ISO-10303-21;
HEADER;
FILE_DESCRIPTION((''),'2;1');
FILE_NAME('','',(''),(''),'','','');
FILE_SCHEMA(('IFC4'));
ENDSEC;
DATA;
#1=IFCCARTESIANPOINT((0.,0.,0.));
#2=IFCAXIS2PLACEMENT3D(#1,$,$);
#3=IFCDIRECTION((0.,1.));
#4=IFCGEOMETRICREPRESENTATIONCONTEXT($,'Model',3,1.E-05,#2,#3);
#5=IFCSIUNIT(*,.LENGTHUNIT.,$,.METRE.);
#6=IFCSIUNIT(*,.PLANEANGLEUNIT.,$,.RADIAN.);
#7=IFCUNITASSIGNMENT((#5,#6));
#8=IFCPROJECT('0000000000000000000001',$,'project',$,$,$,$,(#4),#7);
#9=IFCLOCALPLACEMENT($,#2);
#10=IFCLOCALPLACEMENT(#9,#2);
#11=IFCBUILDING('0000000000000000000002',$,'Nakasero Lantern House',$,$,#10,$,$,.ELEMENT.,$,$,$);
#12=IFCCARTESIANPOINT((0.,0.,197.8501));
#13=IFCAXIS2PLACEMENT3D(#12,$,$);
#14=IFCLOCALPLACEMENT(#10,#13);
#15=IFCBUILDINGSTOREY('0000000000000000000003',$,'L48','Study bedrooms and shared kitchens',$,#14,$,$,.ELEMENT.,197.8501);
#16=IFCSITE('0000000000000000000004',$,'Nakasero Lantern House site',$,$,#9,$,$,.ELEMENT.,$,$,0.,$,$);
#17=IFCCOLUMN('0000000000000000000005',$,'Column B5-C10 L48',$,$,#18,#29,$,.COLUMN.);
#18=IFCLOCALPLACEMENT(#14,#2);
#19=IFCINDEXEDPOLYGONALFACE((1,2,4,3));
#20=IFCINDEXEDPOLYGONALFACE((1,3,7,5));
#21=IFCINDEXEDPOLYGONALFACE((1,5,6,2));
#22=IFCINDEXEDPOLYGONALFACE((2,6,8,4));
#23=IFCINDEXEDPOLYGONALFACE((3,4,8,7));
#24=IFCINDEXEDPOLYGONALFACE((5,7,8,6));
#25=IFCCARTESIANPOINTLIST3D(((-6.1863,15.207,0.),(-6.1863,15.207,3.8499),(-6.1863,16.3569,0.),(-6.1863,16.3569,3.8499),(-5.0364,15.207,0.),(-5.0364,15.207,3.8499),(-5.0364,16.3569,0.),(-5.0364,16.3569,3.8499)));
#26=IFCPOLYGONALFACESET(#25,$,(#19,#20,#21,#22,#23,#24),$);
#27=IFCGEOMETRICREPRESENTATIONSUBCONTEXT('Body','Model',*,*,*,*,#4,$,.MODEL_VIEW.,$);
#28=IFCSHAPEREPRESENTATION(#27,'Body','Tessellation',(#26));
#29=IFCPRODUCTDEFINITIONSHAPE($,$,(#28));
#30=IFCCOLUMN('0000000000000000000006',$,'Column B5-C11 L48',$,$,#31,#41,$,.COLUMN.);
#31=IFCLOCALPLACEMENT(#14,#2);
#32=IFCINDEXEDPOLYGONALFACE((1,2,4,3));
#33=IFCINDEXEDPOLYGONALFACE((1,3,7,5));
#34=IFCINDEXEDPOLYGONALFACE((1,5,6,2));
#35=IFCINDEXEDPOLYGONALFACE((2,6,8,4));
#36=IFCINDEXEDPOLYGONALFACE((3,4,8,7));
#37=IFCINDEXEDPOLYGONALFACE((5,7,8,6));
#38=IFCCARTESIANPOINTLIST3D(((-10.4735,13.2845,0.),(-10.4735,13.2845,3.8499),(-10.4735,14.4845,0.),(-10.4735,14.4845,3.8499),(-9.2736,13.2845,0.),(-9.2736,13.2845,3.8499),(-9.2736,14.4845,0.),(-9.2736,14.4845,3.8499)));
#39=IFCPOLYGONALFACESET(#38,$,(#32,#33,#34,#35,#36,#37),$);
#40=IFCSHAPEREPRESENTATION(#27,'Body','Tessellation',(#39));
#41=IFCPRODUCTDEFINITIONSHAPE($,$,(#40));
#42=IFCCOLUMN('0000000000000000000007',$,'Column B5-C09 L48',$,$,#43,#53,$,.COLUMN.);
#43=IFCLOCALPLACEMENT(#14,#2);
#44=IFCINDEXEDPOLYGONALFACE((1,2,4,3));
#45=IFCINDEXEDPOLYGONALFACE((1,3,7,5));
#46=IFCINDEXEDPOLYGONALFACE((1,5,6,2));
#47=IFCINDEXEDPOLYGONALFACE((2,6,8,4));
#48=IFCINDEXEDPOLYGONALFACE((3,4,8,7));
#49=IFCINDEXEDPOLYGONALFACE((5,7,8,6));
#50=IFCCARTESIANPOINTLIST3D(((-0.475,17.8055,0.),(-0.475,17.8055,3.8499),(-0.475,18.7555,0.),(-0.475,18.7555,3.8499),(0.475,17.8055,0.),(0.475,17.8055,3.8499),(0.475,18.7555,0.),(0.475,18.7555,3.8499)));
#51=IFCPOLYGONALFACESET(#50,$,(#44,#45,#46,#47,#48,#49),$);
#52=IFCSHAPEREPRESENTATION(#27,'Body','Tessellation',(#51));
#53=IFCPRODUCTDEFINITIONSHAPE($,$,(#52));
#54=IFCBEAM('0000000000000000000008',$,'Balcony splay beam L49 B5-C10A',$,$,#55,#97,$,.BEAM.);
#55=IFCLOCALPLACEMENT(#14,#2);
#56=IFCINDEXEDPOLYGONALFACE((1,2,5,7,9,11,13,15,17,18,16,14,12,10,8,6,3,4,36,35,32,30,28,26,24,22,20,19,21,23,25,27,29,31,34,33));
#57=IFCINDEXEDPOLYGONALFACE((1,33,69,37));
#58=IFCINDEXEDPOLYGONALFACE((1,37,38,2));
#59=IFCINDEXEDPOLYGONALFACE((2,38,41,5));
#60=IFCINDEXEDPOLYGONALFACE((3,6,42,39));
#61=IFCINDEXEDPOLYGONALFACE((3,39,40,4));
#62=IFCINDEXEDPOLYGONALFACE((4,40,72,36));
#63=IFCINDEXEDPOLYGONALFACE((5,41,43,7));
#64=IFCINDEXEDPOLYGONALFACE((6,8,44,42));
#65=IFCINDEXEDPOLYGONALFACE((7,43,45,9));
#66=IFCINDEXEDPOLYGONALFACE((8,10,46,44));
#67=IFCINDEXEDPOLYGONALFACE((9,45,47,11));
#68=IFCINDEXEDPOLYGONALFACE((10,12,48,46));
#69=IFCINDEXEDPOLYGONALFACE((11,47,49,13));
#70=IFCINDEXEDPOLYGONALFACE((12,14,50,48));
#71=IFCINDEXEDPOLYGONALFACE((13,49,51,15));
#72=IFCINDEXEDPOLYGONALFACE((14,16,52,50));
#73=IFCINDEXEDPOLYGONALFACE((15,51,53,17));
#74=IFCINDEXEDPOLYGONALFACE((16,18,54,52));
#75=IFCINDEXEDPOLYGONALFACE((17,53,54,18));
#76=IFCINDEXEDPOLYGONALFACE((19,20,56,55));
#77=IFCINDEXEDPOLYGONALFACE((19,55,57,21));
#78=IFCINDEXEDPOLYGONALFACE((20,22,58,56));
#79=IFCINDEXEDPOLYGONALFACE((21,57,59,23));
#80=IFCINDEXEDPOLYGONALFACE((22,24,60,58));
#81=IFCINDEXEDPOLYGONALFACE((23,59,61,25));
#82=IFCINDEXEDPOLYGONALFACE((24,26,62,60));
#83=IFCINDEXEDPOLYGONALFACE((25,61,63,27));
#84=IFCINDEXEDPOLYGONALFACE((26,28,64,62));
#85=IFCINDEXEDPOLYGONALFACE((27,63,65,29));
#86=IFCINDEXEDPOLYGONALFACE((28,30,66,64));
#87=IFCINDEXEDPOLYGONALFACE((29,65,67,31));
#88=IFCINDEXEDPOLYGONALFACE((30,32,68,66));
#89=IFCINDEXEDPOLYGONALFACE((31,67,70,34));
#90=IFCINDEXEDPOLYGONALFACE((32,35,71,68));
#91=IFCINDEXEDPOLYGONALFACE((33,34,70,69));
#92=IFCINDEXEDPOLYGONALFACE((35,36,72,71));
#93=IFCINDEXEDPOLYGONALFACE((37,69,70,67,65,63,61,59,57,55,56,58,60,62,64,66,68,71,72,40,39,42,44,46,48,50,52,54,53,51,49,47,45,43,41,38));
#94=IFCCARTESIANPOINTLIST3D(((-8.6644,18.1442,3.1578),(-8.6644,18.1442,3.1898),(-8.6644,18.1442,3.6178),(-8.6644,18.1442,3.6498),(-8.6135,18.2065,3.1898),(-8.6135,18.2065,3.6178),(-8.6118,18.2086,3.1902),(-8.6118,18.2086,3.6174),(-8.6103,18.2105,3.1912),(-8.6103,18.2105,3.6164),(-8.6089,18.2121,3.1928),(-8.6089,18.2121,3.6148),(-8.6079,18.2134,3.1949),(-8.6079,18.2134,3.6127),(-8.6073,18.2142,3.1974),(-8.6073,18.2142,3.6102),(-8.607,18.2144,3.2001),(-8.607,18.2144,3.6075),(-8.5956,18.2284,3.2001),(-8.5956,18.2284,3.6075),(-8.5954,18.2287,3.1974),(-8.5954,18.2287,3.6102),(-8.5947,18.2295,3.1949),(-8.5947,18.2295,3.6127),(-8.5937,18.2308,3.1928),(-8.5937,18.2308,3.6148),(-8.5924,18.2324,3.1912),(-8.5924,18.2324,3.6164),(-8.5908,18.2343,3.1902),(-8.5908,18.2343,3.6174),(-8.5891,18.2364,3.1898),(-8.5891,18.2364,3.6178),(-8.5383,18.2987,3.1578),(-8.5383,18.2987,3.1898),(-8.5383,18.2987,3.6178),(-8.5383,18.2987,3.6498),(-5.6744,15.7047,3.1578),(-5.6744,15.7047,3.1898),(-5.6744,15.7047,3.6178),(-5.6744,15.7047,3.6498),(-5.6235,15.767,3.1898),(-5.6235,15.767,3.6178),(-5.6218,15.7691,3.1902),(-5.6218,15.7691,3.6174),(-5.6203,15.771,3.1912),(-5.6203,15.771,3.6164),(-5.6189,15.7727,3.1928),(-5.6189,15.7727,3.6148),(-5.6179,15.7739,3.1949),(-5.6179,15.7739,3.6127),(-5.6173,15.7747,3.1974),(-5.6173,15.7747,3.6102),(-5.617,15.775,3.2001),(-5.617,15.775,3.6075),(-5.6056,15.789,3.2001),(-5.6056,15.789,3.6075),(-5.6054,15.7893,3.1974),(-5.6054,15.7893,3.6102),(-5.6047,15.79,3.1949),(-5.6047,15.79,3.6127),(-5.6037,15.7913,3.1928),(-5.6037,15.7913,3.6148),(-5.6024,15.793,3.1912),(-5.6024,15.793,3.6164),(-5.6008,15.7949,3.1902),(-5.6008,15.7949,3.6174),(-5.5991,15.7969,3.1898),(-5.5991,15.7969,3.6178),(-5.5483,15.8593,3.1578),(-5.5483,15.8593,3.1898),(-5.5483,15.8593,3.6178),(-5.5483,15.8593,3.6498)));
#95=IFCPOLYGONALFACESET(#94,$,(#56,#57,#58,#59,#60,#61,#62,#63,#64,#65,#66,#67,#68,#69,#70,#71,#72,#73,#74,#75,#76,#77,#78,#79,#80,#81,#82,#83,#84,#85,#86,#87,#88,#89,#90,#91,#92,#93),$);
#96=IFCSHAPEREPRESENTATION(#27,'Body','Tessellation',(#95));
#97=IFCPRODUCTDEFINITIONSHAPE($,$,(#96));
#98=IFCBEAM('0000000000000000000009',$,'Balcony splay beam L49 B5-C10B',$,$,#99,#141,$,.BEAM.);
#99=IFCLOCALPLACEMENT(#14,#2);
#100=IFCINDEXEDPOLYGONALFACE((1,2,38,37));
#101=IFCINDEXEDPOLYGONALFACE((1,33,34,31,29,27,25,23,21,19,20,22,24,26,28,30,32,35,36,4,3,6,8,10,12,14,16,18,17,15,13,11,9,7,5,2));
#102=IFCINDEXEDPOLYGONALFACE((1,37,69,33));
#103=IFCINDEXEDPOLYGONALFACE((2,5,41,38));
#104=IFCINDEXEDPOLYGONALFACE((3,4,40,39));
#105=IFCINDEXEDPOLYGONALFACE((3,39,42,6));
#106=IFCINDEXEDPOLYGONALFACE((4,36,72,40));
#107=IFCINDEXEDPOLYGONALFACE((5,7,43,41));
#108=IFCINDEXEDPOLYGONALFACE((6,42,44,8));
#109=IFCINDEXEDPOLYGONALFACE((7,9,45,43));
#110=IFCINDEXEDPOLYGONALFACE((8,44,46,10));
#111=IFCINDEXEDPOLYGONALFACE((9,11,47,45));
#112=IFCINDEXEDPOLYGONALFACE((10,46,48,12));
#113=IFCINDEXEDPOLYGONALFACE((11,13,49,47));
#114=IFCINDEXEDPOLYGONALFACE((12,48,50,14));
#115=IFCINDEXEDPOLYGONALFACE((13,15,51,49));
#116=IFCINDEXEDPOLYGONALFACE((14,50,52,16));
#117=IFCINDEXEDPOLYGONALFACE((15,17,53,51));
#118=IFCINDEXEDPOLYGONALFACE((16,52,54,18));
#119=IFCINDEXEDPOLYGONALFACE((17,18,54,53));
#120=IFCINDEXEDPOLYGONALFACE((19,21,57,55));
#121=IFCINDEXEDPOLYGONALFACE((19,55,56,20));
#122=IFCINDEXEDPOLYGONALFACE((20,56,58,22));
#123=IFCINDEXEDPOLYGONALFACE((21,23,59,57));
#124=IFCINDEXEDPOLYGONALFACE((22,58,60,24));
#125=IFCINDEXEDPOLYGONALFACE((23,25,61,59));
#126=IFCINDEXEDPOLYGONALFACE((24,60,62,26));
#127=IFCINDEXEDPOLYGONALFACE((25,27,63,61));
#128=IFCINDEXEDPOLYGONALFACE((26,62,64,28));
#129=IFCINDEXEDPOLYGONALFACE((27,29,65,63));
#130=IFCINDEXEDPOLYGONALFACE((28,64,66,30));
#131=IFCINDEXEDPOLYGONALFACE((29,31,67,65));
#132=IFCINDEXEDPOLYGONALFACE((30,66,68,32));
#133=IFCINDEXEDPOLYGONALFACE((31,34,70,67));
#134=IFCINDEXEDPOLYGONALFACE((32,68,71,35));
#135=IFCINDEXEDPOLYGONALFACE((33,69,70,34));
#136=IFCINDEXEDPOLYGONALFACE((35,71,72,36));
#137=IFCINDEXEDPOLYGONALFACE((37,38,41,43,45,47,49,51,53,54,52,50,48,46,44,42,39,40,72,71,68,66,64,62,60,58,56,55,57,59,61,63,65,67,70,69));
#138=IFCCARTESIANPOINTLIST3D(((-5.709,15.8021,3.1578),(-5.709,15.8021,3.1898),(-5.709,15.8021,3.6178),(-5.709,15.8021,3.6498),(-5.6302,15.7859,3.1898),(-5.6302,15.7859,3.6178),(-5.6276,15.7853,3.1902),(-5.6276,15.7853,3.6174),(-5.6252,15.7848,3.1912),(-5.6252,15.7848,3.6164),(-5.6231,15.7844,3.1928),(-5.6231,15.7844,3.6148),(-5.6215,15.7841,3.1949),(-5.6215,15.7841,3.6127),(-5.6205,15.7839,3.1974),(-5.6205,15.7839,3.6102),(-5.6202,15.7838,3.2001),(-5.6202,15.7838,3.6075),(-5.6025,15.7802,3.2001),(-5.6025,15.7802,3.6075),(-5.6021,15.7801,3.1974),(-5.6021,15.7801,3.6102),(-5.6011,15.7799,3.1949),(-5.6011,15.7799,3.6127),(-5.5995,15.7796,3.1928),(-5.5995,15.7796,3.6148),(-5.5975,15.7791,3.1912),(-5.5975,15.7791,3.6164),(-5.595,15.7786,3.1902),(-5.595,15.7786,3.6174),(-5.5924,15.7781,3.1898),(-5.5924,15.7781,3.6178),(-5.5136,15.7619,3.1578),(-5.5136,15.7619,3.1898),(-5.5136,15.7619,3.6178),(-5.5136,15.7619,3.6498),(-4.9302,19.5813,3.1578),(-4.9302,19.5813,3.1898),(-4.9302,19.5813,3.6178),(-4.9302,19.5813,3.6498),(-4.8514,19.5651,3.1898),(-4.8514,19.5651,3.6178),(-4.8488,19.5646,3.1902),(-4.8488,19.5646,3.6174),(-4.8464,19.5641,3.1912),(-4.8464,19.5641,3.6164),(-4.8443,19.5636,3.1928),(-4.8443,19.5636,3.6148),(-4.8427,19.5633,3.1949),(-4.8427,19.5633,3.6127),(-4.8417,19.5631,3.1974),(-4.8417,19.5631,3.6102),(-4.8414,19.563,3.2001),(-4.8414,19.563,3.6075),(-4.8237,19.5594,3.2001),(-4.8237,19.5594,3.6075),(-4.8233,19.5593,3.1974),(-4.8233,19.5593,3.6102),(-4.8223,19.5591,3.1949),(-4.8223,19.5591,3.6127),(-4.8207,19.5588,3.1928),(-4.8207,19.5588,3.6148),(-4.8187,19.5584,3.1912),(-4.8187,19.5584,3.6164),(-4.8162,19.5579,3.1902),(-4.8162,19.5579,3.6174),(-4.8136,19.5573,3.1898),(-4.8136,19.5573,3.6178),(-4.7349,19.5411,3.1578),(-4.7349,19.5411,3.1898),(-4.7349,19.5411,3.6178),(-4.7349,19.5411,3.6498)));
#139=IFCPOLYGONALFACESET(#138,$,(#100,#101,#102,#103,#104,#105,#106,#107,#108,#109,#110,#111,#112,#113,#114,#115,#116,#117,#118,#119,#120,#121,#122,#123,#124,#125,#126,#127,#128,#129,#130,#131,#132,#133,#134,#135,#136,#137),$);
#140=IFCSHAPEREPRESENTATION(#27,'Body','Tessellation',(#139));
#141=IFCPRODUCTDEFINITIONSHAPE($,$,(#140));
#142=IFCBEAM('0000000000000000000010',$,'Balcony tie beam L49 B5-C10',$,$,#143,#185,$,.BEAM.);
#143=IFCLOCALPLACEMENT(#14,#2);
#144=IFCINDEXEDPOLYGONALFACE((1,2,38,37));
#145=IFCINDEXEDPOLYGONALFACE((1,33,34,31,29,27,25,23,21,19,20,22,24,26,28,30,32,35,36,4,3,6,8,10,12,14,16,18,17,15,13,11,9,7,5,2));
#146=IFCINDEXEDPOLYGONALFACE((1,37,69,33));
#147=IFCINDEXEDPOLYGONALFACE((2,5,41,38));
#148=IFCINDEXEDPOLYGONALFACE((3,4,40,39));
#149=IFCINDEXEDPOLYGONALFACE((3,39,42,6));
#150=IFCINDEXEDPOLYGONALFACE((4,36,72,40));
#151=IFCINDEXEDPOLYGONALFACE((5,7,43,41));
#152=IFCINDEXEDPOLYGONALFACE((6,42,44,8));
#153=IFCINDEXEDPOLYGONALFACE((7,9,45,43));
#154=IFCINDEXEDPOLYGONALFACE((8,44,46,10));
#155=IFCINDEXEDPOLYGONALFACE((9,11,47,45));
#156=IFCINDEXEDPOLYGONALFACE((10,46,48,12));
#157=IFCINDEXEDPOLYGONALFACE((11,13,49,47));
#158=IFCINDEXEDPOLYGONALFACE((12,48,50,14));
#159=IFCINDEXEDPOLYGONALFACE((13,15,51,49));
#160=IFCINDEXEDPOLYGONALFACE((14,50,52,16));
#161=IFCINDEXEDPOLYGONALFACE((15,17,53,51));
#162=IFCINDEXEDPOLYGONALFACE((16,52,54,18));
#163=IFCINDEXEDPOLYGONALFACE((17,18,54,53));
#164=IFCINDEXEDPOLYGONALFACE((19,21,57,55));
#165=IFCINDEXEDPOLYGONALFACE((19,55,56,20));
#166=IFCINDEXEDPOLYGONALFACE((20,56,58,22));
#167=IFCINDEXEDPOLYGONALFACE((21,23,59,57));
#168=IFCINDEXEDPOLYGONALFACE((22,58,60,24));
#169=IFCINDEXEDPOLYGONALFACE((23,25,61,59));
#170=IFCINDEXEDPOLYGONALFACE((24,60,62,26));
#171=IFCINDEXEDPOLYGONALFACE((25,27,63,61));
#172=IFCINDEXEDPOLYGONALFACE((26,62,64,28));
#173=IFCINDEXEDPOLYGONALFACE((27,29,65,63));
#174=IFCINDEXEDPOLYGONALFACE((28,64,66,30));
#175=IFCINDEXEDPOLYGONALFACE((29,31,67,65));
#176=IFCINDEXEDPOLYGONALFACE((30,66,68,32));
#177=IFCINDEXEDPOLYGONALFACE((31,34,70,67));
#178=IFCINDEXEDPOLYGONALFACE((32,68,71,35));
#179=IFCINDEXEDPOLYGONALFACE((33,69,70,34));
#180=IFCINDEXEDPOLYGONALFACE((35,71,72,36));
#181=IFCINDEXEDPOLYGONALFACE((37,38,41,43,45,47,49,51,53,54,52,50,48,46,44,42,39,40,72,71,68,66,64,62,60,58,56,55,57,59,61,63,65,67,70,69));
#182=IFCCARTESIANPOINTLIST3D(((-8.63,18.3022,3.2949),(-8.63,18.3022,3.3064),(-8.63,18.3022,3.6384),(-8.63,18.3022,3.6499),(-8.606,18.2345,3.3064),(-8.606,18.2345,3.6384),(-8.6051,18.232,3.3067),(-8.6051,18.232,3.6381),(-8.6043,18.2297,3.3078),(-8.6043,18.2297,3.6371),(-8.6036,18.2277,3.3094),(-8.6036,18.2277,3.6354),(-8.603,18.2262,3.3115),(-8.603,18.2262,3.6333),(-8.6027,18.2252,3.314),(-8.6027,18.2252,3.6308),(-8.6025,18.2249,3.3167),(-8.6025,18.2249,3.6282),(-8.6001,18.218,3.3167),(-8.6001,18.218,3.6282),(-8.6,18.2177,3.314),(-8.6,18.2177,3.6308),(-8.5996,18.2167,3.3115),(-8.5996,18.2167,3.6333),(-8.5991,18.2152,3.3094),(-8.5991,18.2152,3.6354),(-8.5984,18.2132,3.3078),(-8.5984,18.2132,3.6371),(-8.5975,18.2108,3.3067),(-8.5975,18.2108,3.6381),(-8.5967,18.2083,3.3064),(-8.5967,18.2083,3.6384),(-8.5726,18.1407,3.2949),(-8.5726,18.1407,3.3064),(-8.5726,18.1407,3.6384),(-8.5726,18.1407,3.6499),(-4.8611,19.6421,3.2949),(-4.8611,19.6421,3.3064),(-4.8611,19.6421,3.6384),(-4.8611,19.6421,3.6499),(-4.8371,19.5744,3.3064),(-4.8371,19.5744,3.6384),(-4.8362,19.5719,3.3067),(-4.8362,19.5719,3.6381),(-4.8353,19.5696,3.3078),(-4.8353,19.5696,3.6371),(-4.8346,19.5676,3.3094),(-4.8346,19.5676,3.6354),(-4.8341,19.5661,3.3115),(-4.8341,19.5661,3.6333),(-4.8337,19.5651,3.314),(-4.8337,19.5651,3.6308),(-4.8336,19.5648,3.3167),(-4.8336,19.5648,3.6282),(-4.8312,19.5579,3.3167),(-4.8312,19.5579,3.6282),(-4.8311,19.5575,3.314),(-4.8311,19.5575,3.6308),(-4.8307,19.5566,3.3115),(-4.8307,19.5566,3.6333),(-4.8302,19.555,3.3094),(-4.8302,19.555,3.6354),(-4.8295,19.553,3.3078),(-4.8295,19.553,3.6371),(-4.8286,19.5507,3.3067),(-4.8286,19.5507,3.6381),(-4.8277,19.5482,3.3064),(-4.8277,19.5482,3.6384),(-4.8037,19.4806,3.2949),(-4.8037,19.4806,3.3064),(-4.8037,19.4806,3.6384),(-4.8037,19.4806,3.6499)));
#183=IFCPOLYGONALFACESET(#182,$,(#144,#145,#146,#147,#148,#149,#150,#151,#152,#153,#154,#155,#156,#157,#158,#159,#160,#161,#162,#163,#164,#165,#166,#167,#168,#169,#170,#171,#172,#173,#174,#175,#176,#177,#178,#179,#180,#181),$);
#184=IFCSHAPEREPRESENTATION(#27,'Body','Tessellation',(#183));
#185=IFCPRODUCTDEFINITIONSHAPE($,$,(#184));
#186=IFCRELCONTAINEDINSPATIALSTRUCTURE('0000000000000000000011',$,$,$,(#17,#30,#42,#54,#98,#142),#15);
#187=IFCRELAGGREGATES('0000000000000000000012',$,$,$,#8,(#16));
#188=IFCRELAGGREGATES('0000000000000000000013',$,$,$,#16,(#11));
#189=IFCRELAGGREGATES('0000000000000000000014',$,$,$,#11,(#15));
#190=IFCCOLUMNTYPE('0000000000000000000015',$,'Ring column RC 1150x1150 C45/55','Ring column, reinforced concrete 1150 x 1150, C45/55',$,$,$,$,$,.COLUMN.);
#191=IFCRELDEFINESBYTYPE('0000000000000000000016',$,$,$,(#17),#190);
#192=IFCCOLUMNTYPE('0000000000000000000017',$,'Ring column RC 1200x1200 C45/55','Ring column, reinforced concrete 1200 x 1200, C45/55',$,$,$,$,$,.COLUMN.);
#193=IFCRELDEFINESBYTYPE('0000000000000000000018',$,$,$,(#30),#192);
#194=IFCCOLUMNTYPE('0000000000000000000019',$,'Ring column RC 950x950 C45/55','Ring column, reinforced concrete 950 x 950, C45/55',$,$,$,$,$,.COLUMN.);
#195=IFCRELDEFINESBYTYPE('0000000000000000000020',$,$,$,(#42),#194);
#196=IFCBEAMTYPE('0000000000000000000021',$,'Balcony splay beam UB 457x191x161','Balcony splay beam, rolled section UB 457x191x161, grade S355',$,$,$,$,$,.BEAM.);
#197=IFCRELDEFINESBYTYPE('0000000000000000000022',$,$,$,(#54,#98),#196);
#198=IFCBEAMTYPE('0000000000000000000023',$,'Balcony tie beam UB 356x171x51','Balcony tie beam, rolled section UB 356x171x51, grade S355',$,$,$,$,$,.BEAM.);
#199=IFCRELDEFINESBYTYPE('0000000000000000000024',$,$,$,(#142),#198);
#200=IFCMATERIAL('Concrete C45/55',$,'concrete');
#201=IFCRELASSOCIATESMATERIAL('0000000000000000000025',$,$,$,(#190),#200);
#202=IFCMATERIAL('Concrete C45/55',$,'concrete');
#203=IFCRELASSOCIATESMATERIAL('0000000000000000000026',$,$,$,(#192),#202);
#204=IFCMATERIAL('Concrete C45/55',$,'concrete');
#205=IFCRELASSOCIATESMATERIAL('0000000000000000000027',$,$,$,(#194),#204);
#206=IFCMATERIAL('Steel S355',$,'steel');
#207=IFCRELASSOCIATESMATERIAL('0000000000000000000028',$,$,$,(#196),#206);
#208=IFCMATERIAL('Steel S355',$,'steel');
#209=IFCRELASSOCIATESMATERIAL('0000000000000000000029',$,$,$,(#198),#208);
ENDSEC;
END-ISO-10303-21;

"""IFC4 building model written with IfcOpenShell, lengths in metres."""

from ifc_helpers import new_model, si_unit, direction, frame, origin, origin_2d, place, context, subcontext, project, spatial, rectangle, i_section, extrude, material, material_profile, profile_set, type_object, element, save


model = new_model("IFC4")

# Units and contexts
model_context = context("Model", 3, precision=1e-05, world=origin(), true_north=direction((0.0, 1.0)))
body_context = subcontext(model_context, "Body", "Model", "MODEL_VIEW")
ifc_project = project(units=[si_unit("LENGTHUNIT", "METRE"), si_unit("PLANEANGLEUNIT", "RADIAN")], contexts=[model_context])

# Site, building, storey
site_placement = place(None, origin())
site = spatial("IfcSite", under=ifc_project, at=site_placement, Name="Nakasero Lantern House site", CompositionType="ELEMENT", RefElevation=0.0)
building_placement = place(site_placement, origin())
building = spatial("IfcBuilding", under=site, at=building_placement, Name="Nakasero Lantern House", CompositionType="ELEMENT")
storey_placement = place(building_placement, frame((0.0, 0.0, 197.8501)))
storey = spatial("IfcBuildingStorey", under=building, at=storey_placement, Name="L48", Description="Study bedrooms and shared kitchens", CompositionType="ELEMENT", Elevation=197.8501)

# Columns
ifc_material_1 = material(Name="Concrete C45/55", Category="concrete")
ifc_material_profile_1 = material_profile(ifc_material_1, rectangle(XDim=1.1499, YDim=1.1499, at=origin_2d()), Name="RC 1150x1150")
ifc_profile_set_1 = profile_set([ifc_material_profile_1], Name="Concrete C45/55")
column_type_1 = type_object("IfcColumnType", Name="Ring column RC 1150x1150 C45/55", Description="Ring column, reinforced concrete 1150 x 1150, C45/55", PredefinedType="COLUMN", material=ifc_profile_set_1)
column_1_placement = place(storey_placement, frame((-5.6113, 15.782, 0.0), z_axis=(0.0, 0.0, 1.0), x_axis=(1.0, 0.0, 0.0)))
element("IfcColumn", 1, at=column_1_placement, inside=storey, type_object=column_type_1, Name="Column B5-C10 L48", PredefinedType="COLUMN", context=body_context, shape_type="SweptSolid", body=[
    extrude(rectangle(XDim=1.1499, YDim=1.1499, at=origin_2d()), origin(), (0.0, 0.0, 1.0), 3.8499),
])
ifc_material_2 = material(Name="Concrete C45/55", Category="concrete")
ifc_material_profile_2 = material_profile(ifc_material_2, rectangle(XDim=1.2, YDim=1.2, at=origin_2d()), Name="RC 1200x1200")
ifc_profile_set_2 = profile_set([ifc_material_profile_2], Name="Concrete C45/55")
column_type_2 = type_object("IfcColumnType", Name="Ring column RC 1200x1200 C45/55", Description="Ring column, reinforced concrete 1200 x 1200, C45/55", PredefinedType="COLUMN", material=ifc_profile_set_2)
column_2_placement = place(storey_placement, frame((-9.8735, 13.8845, 0.0), z_axis=(0.0, 0.0, 1.0), x_axis=(1.0, 0.0, 0.0)))
element("IfcColumn", 2, at=column_2_placement, inside=storey, type_object=column_type_2, Name="Column B5-C11 L48", PredefinedType="COLUMN", context=body_context, shape_type="SweptSolid", body=[
    extrude(rectangle(XDim=1.2, YDim=1.2, at=origin_2d()), origin(), (0.0, 0.0, 1.0), 3.8499),
])
ifc_material_3 = material(Name="Concrete C45/55", Category="concrete")
ifc_material_profile_3 = material_profile(ifc_material_3, rectangle(XDim=0.95, YDim=0.95, at=origin_2d()), Name="RC 950x950")
ifc_profile_set_3 = profile_set([ifc_material_profile_3], Name="Concrete C45/55")
column_type_3 = type_object("IfcColumnType", Name="Ring column RC 950x950 C45/55", Description="Ring column, reinforced concrete 950 x 950, C45/55", PredefinedType="COLUMN", material=ifc_profile_set_3)
column_3_placement = place(storey_placement, frame((0.0, 18.2805, 0.0), z_axis=(0.0, 0.0, 1.0), x_axis=(1.0, 0.0, 0.0)))
element("IfcColumn", 3, at=column_3_placement, inside=storey, type_object=column_type_3, Name="Column B5-C09 L48", PredefinedType="COLUMN", context=body_context, shape_type="SweptSolid", body=[
    extrude(rectangle(XDim=0.95, YDim=0.95, at=origin_2d()), origin(), (0.0, 0.0, 1.0), 3.8499),
])

# Beams
ifc_material_4 = material(Name="Steel S355", Category="steel")
ifc_material_profile_4 = material_profile(ifc_material_4, i_section(OverallWidth=0.1995, OverallDepth=0.4919, WebThickness=0.0181, FlangeThickness=0.032, FilletRadius=0.0103, at=origin_2d()), Name="UB 457x191x161")
ifc_profile_set_4 = profile_set([ifc_material_profile_4], Name="Steel S355")
beam_type_1 = type_object("IfcBeamType", Name="Balcony splay beam UB 457x191x161", Description="Balcony splay beam, rolled section UB 457x191x161, grade S355", PredefinedType="BEAM", material=ifc_profile_set_4)
beam_1_placement = place(storey_placement, frame((-5.6113, 15.782, 3.4038), z_axis=(-0.774833, 0.632166, 0.0), x_axis=(-0.632166, -0.774833, 0.0)))
element("IfcBeam", 4, at=beam_1_placement, inside=storey, type_object=beam_type_1, Name="Balcony splay beam L49 B5-C10A", PredefinedType="BEAM", context=body_context, shape_type="SweptSolid", body=[
    extrude(i_section(OverallWidth=0.1995, OverallDepth=0.4919, WebThickness=0.0181, FlangeThickness=0.032, FilletRadius=0.0103, at=origin_2d()), origin(), (0.0, 0.0, 1.0), 3.8589),
])
beam_2_placement = place(storey_placement, frame((-5.6113, 15.782, 3.4038), z_axis=(0.201831, 0.97942, 0.0), x_axis=(-0.97942, 0.201831, 0.0)))
element("IfcBeam", 5, at=beam_2_placement, inside=storey, type_object=beam_type_1, Name="Balcony splay beam L49 B5-C10B", PredefinedType="BEAM", context=body_context, shape_type="SweptSolid", body=[
    extrude(i_section(OverallWidth=0.1995, OverallDepth=0.4919, WebThickness=0.0181, FlangeThickness=0.032, FilletRadius=0.0103, at=origin_2d()), origin(), (0.0, 0.0, 1.0), 3.8586),
])
ifc_material_5 = material(Name="Steel S355", Category="steel")
ifc_material_profile_5 = material_profile(ifc_material_5, i_section(OverallWidth=0.1714, OverallDepth=0.355, WebThickness=0.0073, FlangeThickness=0.0115, FilletRadius=0.0103, at=origin_2d()), Name="UB 356x171x51")
ifc_profile_set_5 = profile_set([ifc_material_profile_5], Name="Steel S355")
beam_type_2 = type_object("IfcBeamType", Name="Balcony tie beam UB 356x171x51", Description="Balcony tie beam, rolled section UB 356x171x51, grade S355", PredefinedType="BEAM", material=ifc_profile_set_5)
beam_3_placement = place(storey_placement, frame((-8.6013, 18.2214, 3.4724), z_axis=(0.942228, 0.334971, 0.0), x_axis=(-0.334971, 0.942228, 0.0)))
element("IfcBeam", 6, at=beam_3_placement, inside=storey, type_object=beam_type_2, Name="Balcony tie beam L49 B5-C10", PredefinedType="BEAM", context=body_context, shape_type="SweptSolid", body=[
    extrude(i_section(OverallWidth=0.1714, OverallDepth=0.355, WebThickness=0.0073, FlangeThickness=0.0115, FilletRadius=0.0103, at=origin_2d()), origin(), (0.0, 0.0, 1.0), 4.0),
])

save(model, "model.ifc")
